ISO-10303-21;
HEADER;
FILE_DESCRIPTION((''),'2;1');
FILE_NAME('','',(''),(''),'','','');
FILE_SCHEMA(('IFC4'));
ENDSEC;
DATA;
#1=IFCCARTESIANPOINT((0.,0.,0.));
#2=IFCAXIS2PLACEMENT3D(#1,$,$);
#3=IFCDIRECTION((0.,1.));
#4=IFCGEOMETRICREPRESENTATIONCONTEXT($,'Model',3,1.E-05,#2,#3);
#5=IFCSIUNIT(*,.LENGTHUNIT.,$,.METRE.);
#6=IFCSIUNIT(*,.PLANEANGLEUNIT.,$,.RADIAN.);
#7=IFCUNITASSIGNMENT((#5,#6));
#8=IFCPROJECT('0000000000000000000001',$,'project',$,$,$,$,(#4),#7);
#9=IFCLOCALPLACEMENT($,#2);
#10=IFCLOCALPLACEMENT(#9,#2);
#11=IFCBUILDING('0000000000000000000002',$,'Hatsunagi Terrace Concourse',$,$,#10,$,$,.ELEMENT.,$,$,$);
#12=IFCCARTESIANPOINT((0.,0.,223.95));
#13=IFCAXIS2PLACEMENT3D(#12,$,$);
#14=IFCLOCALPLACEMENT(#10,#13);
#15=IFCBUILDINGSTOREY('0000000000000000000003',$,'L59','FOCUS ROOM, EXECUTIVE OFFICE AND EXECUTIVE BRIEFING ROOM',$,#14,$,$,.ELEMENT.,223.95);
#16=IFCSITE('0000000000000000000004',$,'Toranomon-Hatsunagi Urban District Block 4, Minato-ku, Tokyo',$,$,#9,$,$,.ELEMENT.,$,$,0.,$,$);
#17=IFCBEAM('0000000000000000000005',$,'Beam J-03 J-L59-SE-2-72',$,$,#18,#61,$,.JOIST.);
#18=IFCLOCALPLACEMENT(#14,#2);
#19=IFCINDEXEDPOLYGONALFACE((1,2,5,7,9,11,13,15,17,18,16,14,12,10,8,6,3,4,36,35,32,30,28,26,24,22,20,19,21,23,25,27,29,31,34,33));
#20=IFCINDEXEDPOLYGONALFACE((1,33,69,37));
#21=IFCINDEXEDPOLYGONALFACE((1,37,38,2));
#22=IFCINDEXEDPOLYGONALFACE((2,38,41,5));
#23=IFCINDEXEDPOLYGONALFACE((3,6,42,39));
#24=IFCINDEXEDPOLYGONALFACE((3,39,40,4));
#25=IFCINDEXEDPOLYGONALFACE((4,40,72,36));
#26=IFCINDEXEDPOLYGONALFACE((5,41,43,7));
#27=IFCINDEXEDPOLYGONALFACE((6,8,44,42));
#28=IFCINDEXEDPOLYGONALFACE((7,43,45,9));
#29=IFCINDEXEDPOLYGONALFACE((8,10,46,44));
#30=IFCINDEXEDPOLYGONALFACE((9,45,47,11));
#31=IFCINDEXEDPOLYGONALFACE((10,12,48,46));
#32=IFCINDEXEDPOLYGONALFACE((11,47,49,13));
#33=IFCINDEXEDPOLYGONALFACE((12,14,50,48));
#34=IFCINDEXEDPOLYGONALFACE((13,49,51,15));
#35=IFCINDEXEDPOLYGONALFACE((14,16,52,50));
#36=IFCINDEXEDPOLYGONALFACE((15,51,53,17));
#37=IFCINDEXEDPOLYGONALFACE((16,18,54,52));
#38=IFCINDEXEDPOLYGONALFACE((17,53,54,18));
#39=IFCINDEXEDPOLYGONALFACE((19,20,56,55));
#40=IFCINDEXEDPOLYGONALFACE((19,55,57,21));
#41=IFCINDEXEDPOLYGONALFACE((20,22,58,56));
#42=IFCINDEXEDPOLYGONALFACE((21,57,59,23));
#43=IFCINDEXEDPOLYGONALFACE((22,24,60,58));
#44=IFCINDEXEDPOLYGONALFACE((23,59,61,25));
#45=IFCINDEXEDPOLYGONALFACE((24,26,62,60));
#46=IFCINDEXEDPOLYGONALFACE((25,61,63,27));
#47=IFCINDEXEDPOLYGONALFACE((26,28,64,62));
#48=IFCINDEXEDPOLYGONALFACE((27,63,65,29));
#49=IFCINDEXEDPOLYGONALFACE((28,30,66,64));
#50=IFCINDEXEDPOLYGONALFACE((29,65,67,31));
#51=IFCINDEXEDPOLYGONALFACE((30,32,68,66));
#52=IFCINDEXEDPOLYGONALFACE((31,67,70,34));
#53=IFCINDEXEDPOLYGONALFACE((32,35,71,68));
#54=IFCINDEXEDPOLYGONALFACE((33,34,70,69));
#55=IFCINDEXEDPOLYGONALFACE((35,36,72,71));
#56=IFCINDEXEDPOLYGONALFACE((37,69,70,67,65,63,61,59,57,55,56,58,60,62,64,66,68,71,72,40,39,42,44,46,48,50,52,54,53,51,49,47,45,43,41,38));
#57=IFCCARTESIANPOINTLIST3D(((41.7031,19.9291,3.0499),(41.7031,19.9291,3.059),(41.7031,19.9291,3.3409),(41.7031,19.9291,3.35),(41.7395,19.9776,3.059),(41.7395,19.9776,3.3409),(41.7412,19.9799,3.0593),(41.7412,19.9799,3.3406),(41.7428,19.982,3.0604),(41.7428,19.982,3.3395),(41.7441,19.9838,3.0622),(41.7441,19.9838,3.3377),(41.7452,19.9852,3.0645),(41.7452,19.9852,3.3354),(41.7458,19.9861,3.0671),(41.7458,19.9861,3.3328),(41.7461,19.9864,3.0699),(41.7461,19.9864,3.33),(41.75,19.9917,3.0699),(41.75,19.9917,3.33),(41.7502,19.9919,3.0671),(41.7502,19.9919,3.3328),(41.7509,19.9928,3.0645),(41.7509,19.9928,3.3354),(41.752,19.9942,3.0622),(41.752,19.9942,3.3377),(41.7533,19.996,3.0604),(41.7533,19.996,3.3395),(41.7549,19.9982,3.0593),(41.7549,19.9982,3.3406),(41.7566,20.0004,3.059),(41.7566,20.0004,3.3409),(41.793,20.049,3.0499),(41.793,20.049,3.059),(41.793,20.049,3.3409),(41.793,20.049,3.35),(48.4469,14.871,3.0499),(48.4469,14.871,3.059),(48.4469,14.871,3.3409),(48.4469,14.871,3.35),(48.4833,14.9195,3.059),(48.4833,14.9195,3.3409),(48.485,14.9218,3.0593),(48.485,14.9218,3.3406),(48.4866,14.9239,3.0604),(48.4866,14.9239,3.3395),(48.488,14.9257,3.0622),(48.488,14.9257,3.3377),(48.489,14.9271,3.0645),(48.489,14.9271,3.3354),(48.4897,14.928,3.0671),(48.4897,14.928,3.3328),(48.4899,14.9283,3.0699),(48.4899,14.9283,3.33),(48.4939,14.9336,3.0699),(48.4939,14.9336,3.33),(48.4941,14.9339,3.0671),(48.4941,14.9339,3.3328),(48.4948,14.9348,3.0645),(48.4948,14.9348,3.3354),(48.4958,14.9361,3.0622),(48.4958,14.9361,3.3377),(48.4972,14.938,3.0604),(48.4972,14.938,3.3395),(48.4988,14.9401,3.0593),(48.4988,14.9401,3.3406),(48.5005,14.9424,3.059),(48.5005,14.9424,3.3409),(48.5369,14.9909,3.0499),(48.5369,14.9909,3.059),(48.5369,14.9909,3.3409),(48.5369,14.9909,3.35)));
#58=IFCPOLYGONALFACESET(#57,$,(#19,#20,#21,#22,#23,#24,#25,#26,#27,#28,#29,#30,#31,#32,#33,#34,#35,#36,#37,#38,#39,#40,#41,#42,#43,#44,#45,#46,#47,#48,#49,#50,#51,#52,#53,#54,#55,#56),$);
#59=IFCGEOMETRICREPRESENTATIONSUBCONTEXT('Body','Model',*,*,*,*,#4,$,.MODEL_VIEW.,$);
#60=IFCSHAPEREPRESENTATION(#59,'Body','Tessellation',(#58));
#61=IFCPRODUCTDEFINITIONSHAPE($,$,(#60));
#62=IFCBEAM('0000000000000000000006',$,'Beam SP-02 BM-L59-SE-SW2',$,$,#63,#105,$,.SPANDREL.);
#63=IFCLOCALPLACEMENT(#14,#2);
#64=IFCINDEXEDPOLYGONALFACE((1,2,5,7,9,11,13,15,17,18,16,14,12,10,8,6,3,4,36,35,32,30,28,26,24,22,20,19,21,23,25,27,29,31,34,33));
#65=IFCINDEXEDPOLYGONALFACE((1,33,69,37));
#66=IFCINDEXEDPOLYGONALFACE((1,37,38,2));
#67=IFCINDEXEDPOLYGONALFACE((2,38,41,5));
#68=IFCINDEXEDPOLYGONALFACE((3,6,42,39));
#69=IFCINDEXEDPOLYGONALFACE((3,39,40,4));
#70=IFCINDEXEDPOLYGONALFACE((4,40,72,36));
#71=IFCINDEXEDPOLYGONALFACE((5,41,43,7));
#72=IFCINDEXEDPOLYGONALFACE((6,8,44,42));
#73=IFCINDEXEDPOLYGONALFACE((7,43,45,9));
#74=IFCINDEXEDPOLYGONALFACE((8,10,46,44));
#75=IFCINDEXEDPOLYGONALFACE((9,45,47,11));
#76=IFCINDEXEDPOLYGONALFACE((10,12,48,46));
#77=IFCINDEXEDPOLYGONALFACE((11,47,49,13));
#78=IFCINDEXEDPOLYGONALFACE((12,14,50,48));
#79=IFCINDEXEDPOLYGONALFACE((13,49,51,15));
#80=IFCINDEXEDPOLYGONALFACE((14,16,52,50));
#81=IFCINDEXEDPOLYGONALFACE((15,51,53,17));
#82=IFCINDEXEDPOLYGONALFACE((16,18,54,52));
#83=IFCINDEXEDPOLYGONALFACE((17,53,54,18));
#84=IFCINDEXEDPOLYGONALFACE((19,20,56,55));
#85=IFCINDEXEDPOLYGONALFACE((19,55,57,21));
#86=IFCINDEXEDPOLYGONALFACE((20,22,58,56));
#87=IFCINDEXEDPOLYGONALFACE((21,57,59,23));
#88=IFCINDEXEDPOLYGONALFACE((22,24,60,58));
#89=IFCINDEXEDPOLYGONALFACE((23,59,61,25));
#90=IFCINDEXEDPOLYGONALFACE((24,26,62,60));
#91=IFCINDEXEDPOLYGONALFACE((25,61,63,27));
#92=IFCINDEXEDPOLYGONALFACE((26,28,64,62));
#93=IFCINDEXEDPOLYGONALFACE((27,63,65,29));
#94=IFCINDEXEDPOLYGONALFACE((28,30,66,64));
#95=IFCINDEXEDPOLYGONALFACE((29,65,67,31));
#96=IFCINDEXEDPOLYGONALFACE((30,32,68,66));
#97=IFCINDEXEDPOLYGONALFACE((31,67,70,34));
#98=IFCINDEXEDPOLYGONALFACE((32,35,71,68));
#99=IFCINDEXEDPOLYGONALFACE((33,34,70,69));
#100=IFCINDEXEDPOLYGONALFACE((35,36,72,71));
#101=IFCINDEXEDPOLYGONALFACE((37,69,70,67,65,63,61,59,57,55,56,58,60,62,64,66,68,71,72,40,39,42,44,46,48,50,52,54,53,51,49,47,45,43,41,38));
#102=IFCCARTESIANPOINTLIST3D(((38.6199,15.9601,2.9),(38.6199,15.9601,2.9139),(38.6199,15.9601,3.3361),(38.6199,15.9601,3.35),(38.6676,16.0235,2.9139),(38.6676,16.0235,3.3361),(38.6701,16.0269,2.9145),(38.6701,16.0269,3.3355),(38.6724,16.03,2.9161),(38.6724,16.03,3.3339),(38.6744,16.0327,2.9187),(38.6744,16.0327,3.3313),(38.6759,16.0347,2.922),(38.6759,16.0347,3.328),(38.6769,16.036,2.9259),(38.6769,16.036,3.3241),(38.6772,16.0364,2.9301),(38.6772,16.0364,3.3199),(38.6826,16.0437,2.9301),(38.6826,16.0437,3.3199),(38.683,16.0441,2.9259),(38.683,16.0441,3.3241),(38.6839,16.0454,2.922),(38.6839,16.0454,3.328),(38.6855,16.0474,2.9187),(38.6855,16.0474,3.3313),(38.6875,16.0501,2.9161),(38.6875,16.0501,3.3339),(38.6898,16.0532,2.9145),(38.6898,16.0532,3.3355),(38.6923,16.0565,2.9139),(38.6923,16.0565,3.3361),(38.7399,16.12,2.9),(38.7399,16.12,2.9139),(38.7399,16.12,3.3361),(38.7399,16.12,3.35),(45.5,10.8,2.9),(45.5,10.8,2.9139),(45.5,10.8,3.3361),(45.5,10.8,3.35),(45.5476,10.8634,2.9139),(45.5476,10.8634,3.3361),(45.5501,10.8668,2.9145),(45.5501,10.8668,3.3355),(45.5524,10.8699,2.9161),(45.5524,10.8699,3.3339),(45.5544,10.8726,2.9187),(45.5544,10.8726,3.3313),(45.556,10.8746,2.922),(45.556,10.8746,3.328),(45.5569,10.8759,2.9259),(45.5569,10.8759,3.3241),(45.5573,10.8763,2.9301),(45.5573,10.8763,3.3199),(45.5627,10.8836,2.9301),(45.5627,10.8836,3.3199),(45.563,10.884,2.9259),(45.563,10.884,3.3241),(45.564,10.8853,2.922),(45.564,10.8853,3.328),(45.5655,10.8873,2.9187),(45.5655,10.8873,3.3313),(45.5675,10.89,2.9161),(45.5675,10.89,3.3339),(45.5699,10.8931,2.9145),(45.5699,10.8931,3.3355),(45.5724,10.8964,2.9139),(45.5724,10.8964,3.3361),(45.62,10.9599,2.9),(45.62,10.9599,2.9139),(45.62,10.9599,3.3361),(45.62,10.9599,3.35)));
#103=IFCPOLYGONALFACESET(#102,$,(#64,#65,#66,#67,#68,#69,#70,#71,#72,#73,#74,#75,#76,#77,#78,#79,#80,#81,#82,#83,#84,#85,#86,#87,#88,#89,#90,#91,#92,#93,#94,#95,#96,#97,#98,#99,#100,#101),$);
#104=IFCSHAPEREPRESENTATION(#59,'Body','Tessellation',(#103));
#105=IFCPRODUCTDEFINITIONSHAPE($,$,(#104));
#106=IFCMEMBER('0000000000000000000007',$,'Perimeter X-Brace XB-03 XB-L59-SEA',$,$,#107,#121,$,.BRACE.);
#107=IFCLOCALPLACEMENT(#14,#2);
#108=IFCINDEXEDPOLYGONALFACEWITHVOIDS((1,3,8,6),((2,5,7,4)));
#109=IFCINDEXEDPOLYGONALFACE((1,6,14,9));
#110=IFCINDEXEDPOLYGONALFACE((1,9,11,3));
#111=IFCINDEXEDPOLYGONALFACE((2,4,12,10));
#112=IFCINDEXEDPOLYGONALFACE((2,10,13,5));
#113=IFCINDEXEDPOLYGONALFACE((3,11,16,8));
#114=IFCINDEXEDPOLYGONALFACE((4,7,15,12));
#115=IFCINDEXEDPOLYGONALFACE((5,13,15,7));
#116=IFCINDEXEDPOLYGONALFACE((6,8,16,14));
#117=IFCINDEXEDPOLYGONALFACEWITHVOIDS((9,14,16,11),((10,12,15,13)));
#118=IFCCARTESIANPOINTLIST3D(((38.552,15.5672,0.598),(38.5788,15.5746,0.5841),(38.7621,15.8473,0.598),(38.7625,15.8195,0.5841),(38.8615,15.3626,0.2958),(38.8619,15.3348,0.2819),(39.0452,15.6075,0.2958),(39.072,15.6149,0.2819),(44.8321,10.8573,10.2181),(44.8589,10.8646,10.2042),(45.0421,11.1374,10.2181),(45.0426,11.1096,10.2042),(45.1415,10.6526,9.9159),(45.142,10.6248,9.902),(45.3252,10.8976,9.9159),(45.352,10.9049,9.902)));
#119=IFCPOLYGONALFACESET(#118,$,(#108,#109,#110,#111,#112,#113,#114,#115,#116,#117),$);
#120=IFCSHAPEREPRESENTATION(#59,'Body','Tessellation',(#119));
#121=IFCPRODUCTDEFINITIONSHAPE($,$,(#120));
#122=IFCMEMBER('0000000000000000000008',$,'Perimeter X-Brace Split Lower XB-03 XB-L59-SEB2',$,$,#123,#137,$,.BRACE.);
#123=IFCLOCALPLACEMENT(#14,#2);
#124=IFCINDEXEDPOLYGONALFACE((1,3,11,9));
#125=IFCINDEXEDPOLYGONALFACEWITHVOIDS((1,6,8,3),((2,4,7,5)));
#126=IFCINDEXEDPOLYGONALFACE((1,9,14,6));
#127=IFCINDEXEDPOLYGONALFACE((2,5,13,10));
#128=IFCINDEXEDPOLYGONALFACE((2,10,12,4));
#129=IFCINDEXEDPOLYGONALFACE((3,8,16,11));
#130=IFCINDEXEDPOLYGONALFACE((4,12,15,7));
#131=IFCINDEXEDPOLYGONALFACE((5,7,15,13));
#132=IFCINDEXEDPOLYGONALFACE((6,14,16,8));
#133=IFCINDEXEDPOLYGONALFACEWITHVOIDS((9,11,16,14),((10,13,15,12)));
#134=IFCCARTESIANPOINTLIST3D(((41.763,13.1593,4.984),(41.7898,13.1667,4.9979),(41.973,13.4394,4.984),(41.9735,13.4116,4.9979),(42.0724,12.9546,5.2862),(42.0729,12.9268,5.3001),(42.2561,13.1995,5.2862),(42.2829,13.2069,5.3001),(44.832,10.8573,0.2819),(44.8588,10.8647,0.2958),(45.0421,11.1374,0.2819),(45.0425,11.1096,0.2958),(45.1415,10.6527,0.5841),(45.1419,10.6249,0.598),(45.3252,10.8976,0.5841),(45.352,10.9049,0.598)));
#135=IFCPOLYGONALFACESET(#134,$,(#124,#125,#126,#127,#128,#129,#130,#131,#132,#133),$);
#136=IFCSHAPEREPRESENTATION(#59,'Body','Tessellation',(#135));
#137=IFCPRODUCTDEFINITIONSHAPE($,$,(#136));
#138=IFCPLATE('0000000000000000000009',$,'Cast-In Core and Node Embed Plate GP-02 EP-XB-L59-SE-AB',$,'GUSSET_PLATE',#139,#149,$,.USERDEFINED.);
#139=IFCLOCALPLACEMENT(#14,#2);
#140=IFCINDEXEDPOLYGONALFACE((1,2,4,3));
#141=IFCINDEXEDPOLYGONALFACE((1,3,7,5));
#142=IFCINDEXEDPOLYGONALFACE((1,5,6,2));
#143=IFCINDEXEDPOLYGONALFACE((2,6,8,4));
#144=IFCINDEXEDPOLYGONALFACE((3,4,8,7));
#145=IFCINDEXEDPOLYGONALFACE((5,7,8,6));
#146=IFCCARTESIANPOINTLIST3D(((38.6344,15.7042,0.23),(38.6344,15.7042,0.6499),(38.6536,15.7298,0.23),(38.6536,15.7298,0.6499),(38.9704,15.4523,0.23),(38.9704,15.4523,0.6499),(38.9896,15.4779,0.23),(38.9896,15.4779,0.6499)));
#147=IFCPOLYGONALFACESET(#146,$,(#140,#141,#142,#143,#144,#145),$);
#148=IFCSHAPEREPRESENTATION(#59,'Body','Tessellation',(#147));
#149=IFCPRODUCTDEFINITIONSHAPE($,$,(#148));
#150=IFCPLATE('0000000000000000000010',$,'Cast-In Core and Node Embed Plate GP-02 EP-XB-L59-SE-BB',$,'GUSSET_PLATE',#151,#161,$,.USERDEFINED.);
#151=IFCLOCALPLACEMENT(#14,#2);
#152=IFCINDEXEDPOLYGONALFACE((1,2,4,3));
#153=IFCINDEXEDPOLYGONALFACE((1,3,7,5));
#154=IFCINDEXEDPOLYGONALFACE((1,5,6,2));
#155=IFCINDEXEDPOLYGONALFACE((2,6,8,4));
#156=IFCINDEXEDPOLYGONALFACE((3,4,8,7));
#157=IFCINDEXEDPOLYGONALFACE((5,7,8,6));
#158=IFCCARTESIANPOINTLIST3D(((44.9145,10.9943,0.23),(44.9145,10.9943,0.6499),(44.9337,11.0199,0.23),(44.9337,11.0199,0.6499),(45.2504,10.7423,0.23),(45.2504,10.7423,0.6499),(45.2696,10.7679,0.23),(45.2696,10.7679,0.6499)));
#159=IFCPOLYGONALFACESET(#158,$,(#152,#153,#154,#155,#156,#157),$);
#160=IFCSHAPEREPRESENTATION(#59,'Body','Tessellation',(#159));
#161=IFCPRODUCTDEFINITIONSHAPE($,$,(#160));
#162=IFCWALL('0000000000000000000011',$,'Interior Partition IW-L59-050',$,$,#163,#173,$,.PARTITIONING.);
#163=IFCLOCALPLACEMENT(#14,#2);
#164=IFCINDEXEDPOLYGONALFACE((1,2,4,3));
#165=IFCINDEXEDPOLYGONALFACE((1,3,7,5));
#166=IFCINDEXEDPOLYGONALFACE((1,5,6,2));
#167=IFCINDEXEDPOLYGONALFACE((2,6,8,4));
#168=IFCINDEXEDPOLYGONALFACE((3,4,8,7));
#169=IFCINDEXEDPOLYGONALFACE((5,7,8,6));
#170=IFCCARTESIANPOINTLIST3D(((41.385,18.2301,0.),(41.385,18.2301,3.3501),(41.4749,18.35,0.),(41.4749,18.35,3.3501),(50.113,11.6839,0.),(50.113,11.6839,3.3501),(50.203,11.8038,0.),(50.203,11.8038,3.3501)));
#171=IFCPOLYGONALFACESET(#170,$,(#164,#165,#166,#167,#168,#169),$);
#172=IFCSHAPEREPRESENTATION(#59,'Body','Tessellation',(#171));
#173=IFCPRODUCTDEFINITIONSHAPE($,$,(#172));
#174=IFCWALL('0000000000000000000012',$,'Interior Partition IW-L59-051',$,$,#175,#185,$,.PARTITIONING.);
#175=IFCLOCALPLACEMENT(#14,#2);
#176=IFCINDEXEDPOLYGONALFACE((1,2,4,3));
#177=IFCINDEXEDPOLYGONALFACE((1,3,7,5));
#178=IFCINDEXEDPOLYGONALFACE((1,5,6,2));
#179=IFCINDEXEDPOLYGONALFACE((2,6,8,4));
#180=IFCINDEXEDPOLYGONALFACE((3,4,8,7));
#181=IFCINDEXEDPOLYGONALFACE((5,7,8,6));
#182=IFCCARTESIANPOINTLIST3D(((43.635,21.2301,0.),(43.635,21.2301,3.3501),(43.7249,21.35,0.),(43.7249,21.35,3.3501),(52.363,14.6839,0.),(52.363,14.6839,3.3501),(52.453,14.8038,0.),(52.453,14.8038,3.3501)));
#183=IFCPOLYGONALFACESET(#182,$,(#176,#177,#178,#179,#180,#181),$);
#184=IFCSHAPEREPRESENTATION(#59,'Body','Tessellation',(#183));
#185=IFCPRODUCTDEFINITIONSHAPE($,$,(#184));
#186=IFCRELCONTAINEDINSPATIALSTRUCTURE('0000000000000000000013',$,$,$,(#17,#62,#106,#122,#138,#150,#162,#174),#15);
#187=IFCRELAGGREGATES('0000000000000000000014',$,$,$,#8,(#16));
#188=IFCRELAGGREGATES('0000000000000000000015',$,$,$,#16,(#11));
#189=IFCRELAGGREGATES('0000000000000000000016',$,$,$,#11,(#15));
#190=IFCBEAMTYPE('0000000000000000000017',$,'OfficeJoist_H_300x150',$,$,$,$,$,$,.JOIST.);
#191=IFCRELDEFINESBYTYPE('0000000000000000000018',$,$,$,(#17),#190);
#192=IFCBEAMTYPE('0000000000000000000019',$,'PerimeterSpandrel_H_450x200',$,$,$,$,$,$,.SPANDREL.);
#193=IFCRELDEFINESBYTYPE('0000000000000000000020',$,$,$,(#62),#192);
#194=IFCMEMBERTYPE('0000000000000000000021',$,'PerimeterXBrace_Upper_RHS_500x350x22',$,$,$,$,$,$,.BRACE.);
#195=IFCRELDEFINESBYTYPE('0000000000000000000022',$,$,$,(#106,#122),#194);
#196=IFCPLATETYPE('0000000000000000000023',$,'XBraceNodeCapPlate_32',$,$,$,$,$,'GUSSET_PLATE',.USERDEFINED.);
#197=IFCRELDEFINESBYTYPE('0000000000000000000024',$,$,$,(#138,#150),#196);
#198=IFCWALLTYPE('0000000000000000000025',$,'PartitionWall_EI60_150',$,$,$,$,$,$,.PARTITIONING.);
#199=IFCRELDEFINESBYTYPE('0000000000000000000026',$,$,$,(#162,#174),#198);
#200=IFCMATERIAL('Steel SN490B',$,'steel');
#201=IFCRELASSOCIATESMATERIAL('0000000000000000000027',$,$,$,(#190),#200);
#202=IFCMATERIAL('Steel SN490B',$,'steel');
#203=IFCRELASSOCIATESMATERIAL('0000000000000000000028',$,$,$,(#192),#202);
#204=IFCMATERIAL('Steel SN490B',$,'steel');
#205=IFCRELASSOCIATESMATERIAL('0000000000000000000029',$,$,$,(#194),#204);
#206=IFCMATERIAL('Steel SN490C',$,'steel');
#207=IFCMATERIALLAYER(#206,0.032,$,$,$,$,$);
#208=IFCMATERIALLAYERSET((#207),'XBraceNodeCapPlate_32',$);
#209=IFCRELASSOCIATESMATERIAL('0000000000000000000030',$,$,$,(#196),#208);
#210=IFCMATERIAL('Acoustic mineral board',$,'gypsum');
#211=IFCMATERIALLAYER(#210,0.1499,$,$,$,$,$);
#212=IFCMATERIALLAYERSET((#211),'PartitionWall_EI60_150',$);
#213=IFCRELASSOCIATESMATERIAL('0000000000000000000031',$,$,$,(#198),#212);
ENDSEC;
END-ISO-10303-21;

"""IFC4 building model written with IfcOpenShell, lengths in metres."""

from ifc_helpers import new_model, si_unit, direction, frame, frame_2d, origin, origin_2d, place, context, subcontext, project, spatial, rectangle, hollow_rectangle, i_section, extrude, material, layer, layer_set, material_profile, profile_set, type_object, element, save


model = new_model("IFC4")

# Units and contexts
model_context = context("Model", 3, precision=1e-05, world=origin(), true_north=direction((0.0, 1.0)))
body_context = subcontext(model_context, "Body", "Model", "MODEL_VIEW")
ifc_project = project(units=[si_unit("LENGTHUNIT", "METRE"), si_unit("PLANEANGLEUNIT", "RADIAN")], contexts=[model_context])

# Site, building, storey
site_placement = place(None, origin())
site = spatial("IfcSite", under=ifc_project, at=site_placement, Name="Toranomon-Hatsunagi Urban District Block 4, Minato-ku, Tokyo", CompositionType="ELEMENT", RefElevation=0.0)
building_placement = place(site_placement, origin())
building = spatial("IfcBuilding", under=site, at=building_placement, Name="Hatsunagi Terrace Concourse", CompositionType="ELEMENT")
storey_placement = place(building_placement, frame((0.0, 0.0, 223.95)))
storey = spatial("IfcBuildingStorey", under=building, at=storey_placement, Name="L59", Description="FOCUS ROOM, EXECUTIVE OFFICE AND EXECUTIVE BRIEFING ROOM", CompositionType="ELEMENT", Elevation=223.95)

# Beams
ifc_material_1 = material(Name="Steel SN490B", Category="steel")
ifc_material_profile_1 = material_profile(ifc_material_1, i_section(OverallWidth=0.1499, OverallDepth=0.3, WebThickness=0.0066, FlangeThickness=0.009, FilletRadius=0.011, at=origin_2d()), Name="H-300x150x6.5x9")
ifc_profile_set_1 = profile_set([ifc_material_profile_1], Name="Steel SN490B")
beam_type_1 = type_object("IfcBeamType", Name="OfficeJoist_H_300x150", PredefinedType="JOIST", material=ifc_profile_set_1)
for number, where, z_axis, x_axis, name in (
    (1, (41.748, 19.989, 3.2), (0.79999, -0.600014, 0.0), (0.600014, 0.79999, 0.0), "Beam J-03 J-L59-SE-2-72"),
):
    element("IfcBeam", number, at=place(storey_placement, frame(where, z_axis=z_axis, x_axis=x_axis)), inside=storey, type_object=beam_type_1, Name=name, PredefinedType="JOIST", context=body_context, shape_type="SweptSolid", body=[
        extrude(i_section(OverallWidth=0.1499, OverallDepth=0.3, WebThickness=0.0066, FlangeThickness=0.009, FilletRadius=0.011, at=origin_2d()), origin(), (0.0, 0.0, 1.0), 8.4299),
    ])
ifc_material_2 = material(Name="Steel SN490B", Category="steel")
ifc_material_profile_2 = material_profile(ifc_material_2, i_section(OverallWidth=0.2, OverallDepth=0.45, WebThickness=0.009, FlangeThickness=0.0139, FilletRadius=0.0161, at=origin_2d()), Name="H-450x200x9x14")
ifc_profile_set_2 = profile_set([ifc_material_profile_2], Name="Steel SN490B")
beam_type_2 = type_object("IfcBeamType", Name="PerimeterSpandrel_H_450x200", PredefinedType="SPANDREL", material=ifc_profile_set_2)
beam_1_placement = place(storey_placement, frame((38.6799, 16.04, 3.125), z_axis=(0.799997, -0.600005, 0.0), x_axis=(0.600005, 0.799997, 0.0)))
element("IfcBeam", 2, at=beam_1_placement, inside=storey, type_object=beam_type_2, Name="Beam SP-02 BM-L59-SE-SW2", PredefinedType="SPANDREL", context=body_context, shape_type="SweptSolid", body=[
    extrude(i_section(OverallWidth=0.2, OverallDepth=0.45, WebThickness=0.009, FlangeThickness=0.0139, FilletRadius=0.0161, at=origin_2d()), origin(), (0.0, 0.0, 1.0), 8.6001),
])

# Members
ifc_material_3 = material(Name="Steel SN490B", Category="steel")
ifc_material_profile_3 = material_profile(ifc_material_3, hollow_rectangle(XDim=0.3501, YDim=0.5, WallThickness=0.022, at=origin_2d()), Name="RHS-500x350x22")
ifc_profile_set_3 = profile_set([ifc_material_profile_3], Name="Steel SN490B")
member_type = type_object("IfcMemberType", Name="PerimeterXBrace_Upper_RHS_500x350x22", PredefinedType="BRACE", material=ifc_profile_set_3)
member_1_placement = place(storey_placement, frame((38.812, 15.5911, 0.4399), z_axis=(0.505781, -0.379331, 0.774786), x_axis=(0.599995, 0.800004, 0.0)))
element("IfcMember", 3, at=member_1_placement, inside=storey, type_object=member_type, Name="Perimeter X-Brace XB-03 XB-L59-SEA", PredefinedType="BRACE", context=body_context, shape_type="SweptSolid", body=[
    extrude(hollow_rectangle(XDim=0.3501, YDim=0.5, WallThickness=0.022, at=origin_2d()), origin(), (0.0, 0.0, 1.0), 12.4165),
])
member_2_placement = place(storey_placement, frame((42.0229, 13.1831, 5.1421), z_axis=(0.505727, -0.379326, -0.774824), x_axis=(0.600031, 0.799977, 0.0)))
element("IfcMember", 4, at=member_2_placement, inside=storey, type_object=member_type, Name="Perimeter X-Brace Split Lower XB-03 XB-L59-SEB2", PredefinedType="BRACE", context=body_context, shape_type="SweptSolid", body=[
    extrude(hollow_rectangle(XDim=0.3501, YDim=0.5, WallThickness=0.022, at=origin_2d()), origin(), (0.0, 0.0, 1.0), 6.0686),
])

# Plates
ifc_material_4 = material(Name="Steel SN490C", Category="steel")
ifc_layer_1 = layer(ifc_material_4, 0.032)
ifc_layer_set_1 = layer_set([ifc_layer_1], Name="XBraceNodeCapPlate_32")
plate_type = type_object("IfcPlateType", Name="XBraceNodeCapPlate_32", ElementType="GUSSET_PLATE", PredefinedType="USERDEFINED", material=ifc_layer_set_1)
for number, where, z_axis, x_axis, name in (
    (5, (38.812, 15.5911, 0.23), (0.0, 0.0, 1.0), (0.8, -0.6, 0.0), "Cast-In Core and Node Embed Plate GP-02 EP-XB-L59-SE-AB"),
    (6, (45.092, 10.8811, 0.23), (0.0, 0.0, 1.0), (0.8, -0.6, 0.0), "Cast-In Core and Node Embed Plate GP-02 EP-XB-L59-SE-BB"),
):
    element("IfcPlate", number, at=place(storey_placement, frame(where, z_axis=z_axis, x_axis=x_axis)), inside=storey, type_object=plate_type, Name=name, ObjectType="GUSSET_PLATE", PredefinedType="USERDEFINED", context=body_context, shape_type="SweptSolid", body=[
        extrude(rectangle(XDim=0.4199, YDim=0.032, at=origin_2d()), origin(), (0.0, 0.0, 1.0), 0.4199),
    ])

# Walls
ifc_material_5 = material(Name="Acoustic mineral board", Category="gypsum")
ifc_layer_2 = layer(ifc_material_5, 0.1499)
ifc_layer_set_2 = layer_set([ifc_layer_2], Name="PartitionWall_EI60_150")
wall_type_1 = type_object("IfcWallType", Name="PartitionWall_EI60_150", PredefinedType="PARTITIONING", material=ifc_layer_set_2)
for number, where, z_axis, x_axis, name in (
    (7, (41.4299, 18.29, 0.0), (0.0, 0.0, 1.0), (0.799995, -0.600007, 0.0), "Interior Partition IW-L59-050"),
    (8, (43.6799, 21.29, 0.0), (0.0, 0.0, 1.0), (0.799995, -0.600007, 0.0), "Interior Partition IW-L59-051"),
):
    element("IfcWall", number, at=place(storey_placement, frame(where, z_axis=z_axis, x_axis=x_axis)), inside=storey, type_object=wall_type_1, Name=name, PredefinedType="PARTITIONING", context=body_context, shape_type="SweptSolid", body=[
        extrude(rectangle(XDim=10.9102, YDim=0.1499, at=frame_2d((5.4551, 0.0))), origin(), (0.0, 0.0, 1.0), 3.3501),
    ])

save(model, "model.ifc")
